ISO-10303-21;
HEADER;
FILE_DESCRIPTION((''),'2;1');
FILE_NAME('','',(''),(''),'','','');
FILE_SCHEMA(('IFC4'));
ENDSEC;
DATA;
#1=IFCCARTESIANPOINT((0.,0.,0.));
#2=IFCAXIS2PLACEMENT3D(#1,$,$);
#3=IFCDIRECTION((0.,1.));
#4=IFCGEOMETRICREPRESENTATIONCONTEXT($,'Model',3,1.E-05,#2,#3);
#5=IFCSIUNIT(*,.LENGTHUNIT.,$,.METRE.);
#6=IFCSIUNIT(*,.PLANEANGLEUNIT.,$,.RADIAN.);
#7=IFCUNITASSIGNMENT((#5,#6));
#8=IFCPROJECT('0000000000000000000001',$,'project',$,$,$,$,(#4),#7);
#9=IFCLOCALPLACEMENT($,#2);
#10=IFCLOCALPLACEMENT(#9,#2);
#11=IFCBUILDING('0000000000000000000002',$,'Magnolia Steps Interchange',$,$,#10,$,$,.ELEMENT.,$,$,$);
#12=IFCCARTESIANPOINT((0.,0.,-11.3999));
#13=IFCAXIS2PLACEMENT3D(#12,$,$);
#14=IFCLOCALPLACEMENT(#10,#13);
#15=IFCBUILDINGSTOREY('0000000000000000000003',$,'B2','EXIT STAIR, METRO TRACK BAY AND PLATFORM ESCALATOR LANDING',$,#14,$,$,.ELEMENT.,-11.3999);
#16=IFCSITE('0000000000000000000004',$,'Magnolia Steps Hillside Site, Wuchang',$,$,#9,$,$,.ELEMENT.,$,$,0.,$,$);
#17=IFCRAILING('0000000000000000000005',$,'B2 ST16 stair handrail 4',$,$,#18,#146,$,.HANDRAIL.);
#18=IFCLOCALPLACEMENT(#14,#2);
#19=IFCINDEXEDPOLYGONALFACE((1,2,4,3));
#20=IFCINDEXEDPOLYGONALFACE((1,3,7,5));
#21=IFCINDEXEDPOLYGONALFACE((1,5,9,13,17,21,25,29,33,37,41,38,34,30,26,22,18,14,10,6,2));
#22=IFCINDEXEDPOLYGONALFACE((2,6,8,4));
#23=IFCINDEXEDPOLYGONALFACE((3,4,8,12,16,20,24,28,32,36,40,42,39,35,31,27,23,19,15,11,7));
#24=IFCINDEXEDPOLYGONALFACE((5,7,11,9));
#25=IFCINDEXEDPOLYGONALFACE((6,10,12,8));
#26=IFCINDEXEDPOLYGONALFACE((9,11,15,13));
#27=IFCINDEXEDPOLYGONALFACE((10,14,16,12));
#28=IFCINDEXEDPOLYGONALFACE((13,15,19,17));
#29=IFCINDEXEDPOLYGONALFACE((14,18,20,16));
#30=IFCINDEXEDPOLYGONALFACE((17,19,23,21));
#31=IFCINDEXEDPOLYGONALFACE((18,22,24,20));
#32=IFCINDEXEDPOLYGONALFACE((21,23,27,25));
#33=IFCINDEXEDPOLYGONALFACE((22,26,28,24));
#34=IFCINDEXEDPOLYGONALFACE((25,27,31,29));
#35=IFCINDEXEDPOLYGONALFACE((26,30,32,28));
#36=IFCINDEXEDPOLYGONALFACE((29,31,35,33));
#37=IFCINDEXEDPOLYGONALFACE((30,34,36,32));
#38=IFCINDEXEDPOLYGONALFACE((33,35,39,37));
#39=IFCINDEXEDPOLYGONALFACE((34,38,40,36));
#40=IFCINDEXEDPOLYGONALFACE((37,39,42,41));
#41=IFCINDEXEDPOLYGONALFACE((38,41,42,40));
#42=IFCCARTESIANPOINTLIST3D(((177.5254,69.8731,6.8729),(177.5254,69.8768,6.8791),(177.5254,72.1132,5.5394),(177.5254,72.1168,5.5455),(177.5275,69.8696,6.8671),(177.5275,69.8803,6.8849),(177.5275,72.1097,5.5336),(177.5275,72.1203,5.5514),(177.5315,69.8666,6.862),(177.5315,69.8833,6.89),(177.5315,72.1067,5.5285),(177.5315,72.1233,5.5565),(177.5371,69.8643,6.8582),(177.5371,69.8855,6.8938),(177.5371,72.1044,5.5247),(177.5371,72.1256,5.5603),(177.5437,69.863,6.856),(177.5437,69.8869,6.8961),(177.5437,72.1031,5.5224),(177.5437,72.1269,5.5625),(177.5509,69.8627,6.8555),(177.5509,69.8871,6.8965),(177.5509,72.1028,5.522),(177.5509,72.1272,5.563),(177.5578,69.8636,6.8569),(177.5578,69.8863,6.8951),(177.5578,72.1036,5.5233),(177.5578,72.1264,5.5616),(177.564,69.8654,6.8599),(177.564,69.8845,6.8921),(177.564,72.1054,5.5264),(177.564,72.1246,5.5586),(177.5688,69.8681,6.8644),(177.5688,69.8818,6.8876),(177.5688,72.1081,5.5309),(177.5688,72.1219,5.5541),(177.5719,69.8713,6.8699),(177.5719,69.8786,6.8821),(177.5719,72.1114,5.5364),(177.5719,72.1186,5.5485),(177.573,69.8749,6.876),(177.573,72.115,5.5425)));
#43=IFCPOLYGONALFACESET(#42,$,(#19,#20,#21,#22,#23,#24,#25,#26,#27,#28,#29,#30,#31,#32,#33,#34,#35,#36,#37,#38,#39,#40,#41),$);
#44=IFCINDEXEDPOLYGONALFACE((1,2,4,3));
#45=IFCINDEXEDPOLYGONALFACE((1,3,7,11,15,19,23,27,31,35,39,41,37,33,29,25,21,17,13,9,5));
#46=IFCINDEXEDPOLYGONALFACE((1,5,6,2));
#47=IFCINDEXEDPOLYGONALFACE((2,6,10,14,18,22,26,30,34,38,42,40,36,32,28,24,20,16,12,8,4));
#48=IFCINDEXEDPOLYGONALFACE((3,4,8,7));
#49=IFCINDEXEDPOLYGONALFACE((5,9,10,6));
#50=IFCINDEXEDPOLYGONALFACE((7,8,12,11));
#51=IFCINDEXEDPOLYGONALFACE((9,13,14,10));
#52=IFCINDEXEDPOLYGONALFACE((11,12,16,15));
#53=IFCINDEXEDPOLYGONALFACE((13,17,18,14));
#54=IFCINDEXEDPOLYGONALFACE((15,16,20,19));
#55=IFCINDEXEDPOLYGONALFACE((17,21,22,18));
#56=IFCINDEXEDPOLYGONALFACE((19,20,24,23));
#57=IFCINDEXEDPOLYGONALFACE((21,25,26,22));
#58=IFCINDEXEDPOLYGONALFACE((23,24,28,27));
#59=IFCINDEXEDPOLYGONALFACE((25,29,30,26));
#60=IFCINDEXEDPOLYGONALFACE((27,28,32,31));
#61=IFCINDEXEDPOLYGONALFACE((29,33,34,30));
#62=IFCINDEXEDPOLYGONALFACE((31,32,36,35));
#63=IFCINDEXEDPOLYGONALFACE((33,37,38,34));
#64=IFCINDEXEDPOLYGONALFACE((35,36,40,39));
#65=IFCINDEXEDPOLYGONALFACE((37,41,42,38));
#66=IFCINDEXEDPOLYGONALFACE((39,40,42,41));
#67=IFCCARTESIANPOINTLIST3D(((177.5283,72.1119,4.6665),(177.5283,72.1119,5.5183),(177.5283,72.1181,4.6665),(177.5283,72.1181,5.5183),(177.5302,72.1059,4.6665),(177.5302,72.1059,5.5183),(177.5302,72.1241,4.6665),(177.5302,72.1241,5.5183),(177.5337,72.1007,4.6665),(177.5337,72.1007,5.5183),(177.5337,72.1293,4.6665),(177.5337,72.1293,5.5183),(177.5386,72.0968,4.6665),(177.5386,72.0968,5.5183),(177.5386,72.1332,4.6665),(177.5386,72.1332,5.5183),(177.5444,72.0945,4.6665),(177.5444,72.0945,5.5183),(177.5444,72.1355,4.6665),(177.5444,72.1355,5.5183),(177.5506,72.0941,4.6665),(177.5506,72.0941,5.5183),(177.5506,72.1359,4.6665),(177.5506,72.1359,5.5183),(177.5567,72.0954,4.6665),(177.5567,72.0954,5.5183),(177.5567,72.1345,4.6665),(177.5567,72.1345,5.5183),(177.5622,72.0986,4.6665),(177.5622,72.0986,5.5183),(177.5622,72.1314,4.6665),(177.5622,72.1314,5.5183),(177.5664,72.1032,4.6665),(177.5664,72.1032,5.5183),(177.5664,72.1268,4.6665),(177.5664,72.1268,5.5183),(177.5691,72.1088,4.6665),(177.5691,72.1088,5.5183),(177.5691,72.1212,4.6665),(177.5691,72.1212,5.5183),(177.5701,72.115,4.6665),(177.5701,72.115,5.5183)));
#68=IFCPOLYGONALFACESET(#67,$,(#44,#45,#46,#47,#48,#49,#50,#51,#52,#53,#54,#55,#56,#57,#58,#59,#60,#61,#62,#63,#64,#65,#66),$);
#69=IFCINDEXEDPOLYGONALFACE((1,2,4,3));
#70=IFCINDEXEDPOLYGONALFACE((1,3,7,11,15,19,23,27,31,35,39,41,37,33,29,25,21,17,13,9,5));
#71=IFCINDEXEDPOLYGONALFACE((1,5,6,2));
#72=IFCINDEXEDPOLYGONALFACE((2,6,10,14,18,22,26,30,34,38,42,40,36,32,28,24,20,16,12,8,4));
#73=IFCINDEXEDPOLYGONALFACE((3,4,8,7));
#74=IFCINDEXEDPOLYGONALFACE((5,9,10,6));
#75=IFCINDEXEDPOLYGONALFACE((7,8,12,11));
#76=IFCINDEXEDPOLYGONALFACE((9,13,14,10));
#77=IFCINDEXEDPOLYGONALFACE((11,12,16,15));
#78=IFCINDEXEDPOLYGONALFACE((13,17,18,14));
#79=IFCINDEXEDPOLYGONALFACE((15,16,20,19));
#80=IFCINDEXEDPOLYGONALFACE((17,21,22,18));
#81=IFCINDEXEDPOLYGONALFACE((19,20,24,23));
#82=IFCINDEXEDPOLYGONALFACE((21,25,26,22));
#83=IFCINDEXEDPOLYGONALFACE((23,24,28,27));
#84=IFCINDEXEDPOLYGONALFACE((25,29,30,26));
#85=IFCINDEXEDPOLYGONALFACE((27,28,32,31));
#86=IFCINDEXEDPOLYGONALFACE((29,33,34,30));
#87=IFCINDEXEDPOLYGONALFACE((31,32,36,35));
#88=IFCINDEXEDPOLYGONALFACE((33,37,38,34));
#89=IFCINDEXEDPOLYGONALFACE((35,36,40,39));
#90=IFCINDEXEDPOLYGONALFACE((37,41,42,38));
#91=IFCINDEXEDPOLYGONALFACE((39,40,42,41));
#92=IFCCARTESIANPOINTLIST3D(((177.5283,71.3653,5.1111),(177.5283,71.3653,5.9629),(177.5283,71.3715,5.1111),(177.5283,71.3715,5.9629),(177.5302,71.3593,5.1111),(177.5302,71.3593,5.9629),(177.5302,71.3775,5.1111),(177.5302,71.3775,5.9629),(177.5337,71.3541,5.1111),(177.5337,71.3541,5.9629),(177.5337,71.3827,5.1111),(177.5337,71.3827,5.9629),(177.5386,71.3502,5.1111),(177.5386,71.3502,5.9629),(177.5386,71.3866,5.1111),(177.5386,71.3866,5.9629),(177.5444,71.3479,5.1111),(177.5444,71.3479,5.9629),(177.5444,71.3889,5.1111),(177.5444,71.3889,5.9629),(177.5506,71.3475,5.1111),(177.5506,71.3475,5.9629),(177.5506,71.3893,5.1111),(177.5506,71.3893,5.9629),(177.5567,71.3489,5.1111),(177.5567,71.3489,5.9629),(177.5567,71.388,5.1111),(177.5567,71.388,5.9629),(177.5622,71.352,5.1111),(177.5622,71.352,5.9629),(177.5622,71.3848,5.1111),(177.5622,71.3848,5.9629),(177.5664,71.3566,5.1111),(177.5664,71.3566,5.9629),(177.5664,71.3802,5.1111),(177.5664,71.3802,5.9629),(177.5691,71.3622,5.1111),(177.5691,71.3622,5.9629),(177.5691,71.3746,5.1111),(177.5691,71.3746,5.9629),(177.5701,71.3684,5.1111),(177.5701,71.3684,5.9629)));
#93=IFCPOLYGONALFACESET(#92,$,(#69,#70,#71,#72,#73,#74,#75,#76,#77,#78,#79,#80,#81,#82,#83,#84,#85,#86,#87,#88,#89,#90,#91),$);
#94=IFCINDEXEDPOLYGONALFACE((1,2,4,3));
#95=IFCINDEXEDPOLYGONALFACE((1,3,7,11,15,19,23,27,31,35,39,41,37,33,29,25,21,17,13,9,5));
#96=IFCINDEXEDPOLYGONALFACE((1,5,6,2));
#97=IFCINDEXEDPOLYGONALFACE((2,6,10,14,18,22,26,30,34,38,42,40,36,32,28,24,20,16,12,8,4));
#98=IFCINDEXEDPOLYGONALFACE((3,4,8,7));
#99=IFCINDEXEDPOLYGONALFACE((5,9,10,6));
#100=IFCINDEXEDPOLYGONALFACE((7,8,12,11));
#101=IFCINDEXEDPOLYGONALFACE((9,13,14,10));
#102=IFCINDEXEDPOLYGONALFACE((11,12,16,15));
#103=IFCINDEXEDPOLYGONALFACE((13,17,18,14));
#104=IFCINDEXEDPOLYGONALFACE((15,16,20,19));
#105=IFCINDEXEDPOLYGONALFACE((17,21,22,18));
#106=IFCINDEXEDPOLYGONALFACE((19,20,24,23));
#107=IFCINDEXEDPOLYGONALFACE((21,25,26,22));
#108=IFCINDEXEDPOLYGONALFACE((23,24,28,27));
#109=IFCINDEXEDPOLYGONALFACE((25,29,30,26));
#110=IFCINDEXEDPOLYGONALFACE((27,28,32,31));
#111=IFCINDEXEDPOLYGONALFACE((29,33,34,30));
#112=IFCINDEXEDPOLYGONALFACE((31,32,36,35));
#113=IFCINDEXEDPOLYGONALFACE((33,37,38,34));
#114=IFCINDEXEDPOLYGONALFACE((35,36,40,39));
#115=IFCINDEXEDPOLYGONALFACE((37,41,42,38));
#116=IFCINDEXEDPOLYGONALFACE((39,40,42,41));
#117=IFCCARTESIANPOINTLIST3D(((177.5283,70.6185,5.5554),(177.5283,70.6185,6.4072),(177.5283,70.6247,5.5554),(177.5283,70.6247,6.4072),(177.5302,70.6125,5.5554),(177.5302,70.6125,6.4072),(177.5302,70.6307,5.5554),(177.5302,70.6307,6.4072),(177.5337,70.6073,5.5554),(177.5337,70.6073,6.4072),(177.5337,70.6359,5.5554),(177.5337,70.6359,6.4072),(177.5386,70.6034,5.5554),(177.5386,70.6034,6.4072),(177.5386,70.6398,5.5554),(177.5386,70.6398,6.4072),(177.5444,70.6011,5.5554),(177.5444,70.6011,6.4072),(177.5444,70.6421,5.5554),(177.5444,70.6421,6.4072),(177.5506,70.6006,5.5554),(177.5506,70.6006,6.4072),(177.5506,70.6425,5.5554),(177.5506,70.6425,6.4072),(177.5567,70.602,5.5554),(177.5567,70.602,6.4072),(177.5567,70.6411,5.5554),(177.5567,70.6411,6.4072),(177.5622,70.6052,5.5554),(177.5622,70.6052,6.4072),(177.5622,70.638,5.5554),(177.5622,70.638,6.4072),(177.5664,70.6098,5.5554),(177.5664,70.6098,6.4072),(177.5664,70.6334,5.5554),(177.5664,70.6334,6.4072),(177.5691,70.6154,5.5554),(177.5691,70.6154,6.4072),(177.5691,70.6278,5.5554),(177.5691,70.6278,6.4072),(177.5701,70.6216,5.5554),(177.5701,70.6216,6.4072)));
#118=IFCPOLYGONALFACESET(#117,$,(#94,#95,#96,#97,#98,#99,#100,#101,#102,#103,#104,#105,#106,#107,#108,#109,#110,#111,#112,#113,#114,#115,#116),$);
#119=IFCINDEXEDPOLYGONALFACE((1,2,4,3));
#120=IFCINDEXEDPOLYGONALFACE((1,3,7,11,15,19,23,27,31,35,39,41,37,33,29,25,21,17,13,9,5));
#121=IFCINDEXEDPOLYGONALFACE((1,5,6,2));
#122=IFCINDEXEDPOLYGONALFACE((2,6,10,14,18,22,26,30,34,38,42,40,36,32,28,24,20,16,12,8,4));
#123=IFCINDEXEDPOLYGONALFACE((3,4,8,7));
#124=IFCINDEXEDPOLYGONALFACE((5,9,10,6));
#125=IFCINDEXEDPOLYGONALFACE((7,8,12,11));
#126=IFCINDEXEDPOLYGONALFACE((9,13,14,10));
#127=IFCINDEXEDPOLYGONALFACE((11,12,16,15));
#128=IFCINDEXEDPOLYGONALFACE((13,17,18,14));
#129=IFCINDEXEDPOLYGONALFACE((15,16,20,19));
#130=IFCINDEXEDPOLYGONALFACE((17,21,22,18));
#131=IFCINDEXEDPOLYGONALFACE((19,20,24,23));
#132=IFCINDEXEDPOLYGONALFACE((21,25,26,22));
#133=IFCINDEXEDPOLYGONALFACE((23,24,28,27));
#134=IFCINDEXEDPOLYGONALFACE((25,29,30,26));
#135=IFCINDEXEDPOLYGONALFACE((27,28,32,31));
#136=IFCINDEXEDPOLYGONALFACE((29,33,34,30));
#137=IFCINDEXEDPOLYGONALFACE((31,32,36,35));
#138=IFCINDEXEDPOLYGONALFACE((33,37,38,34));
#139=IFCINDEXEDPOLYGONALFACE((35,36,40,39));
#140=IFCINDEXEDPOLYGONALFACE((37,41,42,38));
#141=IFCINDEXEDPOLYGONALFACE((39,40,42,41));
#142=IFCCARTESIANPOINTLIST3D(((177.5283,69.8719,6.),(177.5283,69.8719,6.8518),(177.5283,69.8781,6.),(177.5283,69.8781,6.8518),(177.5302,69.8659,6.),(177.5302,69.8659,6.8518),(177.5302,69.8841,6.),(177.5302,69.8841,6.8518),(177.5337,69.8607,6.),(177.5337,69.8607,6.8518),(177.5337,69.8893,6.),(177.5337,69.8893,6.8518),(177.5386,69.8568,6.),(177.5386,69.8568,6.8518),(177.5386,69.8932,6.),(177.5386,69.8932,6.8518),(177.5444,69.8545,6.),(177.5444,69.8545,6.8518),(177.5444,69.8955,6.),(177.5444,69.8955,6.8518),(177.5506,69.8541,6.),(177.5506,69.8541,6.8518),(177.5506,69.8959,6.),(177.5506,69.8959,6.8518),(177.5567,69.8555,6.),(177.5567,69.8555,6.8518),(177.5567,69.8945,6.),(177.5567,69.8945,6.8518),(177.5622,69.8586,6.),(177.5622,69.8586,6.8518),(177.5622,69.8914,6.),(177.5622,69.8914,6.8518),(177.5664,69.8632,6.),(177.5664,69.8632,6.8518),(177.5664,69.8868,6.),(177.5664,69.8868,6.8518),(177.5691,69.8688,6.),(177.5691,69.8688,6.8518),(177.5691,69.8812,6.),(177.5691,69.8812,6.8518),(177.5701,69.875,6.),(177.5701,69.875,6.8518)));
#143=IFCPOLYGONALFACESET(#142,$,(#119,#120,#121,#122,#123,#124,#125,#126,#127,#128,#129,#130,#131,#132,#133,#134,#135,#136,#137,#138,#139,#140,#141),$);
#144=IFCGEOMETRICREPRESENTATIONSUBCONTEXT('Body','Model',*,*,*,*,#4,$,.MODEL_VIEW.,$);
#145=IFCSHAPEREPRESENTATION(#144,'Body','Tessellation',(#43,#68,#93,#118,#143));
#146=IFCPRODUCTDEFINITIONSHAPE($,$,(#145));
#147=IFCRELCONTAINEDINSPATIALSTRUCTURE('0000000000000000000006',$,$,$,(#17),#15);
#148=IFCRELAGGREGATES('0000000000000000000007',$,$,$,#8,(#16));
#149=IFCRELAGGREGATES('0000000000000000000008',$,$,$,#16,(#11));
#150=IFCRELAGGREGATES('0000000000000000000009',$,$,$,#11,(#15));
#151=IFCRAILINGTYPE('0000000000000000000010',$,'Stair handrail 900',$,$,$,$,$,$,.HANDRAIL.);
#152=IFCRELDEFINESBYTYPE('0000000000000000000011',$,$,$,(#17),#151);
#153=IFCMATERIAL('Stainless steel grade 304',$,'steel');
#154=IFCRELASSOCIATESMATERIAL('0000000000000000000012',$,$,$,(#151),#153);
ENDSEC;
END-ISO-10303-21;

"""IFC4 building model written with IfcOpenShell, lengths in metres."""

from ifc_helpers import new_model, si_unit, direction, frame, origin, origin_2d, place, context, subcontext, project, spatial, circle, extrude, material, type_object, element, save


model = new_model("IFC4")

# Units and contexts
model_context = context("Model", 3, precision=1e-05, world=origin(), true_north=direction((0.0, 1.0)))
body_context = subcontext(model_context, "Body", "Model", "MODEL_VIEW")
ifc_project = project(units=[si_unit("LENGTHUNIT", "METRE"), si_unit("PLANEANGLEUNIT", "RADIAN")], contexts=[model_context])

# Site, building, storey
site_placement = place(None, origin())
site = spatial("IfcSite", under=ifc_project, at=site_placement, Name="Magnolia Steps Hillside Site, Wuchang", CompositionType="ELEMENT", RefElevation=0.0)
building_placement = place(site_placement, origin())
building = spatial("IfcBuilding", under=site, at=building_placement, Name="Magnolia Steps Interchange", CompositionType="ELEMENT")
storey_placement = place(building_placement, frame((0.0, 0.0, -11.3999)))
storey = spatial("IfcBuildingStorey", under=building, at=storey_placement, Name="B2", Description="EXIT STAIR, METRO TRACK BAY AND PLATFORM ESCALATOR LANDING", CompositionType="ELEMENT", Elevation=-11.3999)

# Railing
ifc_material_1 = material(Name="Stainless steel grade 304", Category="steel")
railing_type_1 = type_object("IfcRailingType", Name="Stair handrail 900", PredefinedType="HANDRAIL", material=ifc_material_1)
railing_1_placement = place(storey_placement, frame((177.5491, 72.115, 4.6665)))
element("IfcRailing", 1, at=railing_1_placement, inside=storey, type_object=railing_type_1, Name="B2 ST16 stair handrail 4", PredefinedType="HANDRAIL", context=body_context, shape_type="SweptSolid", body=[
    extrude(circle(Radius=0.0239, at=origin_2d()), frame((0.0, 0.0, 0.876), z_axis=(0.0, -0.859264, 0.511532), x_axis=(1.0, 0.0, 0.0)), (0.0, 0.0, 1.0), 2.6069),
    extrude(circle(Radius=0.021, at=origin_2d()), origin(), (0.0, 0.0, 1.0), 0.8518),
    extrude(circle(Radius=0.021, at=origin_2d()), frame((0.0, -0.7466, 0.4446)), (0.0, 0.0, 1.0), 0.8518),
    extrude(circle(Radius=0.021, at=origin_2d()), frame((0.0, -1.4934, 0.8889)), (0.0, 0.0, 1.0), 0.8518),
    extrude(circle(Radius=0.021, at=origin_2d()), frame((0.0, -2.24, 1.3335)), (0.0, 0.0, 1.0), 0.8518),
])

save(model, "model.ifc")
